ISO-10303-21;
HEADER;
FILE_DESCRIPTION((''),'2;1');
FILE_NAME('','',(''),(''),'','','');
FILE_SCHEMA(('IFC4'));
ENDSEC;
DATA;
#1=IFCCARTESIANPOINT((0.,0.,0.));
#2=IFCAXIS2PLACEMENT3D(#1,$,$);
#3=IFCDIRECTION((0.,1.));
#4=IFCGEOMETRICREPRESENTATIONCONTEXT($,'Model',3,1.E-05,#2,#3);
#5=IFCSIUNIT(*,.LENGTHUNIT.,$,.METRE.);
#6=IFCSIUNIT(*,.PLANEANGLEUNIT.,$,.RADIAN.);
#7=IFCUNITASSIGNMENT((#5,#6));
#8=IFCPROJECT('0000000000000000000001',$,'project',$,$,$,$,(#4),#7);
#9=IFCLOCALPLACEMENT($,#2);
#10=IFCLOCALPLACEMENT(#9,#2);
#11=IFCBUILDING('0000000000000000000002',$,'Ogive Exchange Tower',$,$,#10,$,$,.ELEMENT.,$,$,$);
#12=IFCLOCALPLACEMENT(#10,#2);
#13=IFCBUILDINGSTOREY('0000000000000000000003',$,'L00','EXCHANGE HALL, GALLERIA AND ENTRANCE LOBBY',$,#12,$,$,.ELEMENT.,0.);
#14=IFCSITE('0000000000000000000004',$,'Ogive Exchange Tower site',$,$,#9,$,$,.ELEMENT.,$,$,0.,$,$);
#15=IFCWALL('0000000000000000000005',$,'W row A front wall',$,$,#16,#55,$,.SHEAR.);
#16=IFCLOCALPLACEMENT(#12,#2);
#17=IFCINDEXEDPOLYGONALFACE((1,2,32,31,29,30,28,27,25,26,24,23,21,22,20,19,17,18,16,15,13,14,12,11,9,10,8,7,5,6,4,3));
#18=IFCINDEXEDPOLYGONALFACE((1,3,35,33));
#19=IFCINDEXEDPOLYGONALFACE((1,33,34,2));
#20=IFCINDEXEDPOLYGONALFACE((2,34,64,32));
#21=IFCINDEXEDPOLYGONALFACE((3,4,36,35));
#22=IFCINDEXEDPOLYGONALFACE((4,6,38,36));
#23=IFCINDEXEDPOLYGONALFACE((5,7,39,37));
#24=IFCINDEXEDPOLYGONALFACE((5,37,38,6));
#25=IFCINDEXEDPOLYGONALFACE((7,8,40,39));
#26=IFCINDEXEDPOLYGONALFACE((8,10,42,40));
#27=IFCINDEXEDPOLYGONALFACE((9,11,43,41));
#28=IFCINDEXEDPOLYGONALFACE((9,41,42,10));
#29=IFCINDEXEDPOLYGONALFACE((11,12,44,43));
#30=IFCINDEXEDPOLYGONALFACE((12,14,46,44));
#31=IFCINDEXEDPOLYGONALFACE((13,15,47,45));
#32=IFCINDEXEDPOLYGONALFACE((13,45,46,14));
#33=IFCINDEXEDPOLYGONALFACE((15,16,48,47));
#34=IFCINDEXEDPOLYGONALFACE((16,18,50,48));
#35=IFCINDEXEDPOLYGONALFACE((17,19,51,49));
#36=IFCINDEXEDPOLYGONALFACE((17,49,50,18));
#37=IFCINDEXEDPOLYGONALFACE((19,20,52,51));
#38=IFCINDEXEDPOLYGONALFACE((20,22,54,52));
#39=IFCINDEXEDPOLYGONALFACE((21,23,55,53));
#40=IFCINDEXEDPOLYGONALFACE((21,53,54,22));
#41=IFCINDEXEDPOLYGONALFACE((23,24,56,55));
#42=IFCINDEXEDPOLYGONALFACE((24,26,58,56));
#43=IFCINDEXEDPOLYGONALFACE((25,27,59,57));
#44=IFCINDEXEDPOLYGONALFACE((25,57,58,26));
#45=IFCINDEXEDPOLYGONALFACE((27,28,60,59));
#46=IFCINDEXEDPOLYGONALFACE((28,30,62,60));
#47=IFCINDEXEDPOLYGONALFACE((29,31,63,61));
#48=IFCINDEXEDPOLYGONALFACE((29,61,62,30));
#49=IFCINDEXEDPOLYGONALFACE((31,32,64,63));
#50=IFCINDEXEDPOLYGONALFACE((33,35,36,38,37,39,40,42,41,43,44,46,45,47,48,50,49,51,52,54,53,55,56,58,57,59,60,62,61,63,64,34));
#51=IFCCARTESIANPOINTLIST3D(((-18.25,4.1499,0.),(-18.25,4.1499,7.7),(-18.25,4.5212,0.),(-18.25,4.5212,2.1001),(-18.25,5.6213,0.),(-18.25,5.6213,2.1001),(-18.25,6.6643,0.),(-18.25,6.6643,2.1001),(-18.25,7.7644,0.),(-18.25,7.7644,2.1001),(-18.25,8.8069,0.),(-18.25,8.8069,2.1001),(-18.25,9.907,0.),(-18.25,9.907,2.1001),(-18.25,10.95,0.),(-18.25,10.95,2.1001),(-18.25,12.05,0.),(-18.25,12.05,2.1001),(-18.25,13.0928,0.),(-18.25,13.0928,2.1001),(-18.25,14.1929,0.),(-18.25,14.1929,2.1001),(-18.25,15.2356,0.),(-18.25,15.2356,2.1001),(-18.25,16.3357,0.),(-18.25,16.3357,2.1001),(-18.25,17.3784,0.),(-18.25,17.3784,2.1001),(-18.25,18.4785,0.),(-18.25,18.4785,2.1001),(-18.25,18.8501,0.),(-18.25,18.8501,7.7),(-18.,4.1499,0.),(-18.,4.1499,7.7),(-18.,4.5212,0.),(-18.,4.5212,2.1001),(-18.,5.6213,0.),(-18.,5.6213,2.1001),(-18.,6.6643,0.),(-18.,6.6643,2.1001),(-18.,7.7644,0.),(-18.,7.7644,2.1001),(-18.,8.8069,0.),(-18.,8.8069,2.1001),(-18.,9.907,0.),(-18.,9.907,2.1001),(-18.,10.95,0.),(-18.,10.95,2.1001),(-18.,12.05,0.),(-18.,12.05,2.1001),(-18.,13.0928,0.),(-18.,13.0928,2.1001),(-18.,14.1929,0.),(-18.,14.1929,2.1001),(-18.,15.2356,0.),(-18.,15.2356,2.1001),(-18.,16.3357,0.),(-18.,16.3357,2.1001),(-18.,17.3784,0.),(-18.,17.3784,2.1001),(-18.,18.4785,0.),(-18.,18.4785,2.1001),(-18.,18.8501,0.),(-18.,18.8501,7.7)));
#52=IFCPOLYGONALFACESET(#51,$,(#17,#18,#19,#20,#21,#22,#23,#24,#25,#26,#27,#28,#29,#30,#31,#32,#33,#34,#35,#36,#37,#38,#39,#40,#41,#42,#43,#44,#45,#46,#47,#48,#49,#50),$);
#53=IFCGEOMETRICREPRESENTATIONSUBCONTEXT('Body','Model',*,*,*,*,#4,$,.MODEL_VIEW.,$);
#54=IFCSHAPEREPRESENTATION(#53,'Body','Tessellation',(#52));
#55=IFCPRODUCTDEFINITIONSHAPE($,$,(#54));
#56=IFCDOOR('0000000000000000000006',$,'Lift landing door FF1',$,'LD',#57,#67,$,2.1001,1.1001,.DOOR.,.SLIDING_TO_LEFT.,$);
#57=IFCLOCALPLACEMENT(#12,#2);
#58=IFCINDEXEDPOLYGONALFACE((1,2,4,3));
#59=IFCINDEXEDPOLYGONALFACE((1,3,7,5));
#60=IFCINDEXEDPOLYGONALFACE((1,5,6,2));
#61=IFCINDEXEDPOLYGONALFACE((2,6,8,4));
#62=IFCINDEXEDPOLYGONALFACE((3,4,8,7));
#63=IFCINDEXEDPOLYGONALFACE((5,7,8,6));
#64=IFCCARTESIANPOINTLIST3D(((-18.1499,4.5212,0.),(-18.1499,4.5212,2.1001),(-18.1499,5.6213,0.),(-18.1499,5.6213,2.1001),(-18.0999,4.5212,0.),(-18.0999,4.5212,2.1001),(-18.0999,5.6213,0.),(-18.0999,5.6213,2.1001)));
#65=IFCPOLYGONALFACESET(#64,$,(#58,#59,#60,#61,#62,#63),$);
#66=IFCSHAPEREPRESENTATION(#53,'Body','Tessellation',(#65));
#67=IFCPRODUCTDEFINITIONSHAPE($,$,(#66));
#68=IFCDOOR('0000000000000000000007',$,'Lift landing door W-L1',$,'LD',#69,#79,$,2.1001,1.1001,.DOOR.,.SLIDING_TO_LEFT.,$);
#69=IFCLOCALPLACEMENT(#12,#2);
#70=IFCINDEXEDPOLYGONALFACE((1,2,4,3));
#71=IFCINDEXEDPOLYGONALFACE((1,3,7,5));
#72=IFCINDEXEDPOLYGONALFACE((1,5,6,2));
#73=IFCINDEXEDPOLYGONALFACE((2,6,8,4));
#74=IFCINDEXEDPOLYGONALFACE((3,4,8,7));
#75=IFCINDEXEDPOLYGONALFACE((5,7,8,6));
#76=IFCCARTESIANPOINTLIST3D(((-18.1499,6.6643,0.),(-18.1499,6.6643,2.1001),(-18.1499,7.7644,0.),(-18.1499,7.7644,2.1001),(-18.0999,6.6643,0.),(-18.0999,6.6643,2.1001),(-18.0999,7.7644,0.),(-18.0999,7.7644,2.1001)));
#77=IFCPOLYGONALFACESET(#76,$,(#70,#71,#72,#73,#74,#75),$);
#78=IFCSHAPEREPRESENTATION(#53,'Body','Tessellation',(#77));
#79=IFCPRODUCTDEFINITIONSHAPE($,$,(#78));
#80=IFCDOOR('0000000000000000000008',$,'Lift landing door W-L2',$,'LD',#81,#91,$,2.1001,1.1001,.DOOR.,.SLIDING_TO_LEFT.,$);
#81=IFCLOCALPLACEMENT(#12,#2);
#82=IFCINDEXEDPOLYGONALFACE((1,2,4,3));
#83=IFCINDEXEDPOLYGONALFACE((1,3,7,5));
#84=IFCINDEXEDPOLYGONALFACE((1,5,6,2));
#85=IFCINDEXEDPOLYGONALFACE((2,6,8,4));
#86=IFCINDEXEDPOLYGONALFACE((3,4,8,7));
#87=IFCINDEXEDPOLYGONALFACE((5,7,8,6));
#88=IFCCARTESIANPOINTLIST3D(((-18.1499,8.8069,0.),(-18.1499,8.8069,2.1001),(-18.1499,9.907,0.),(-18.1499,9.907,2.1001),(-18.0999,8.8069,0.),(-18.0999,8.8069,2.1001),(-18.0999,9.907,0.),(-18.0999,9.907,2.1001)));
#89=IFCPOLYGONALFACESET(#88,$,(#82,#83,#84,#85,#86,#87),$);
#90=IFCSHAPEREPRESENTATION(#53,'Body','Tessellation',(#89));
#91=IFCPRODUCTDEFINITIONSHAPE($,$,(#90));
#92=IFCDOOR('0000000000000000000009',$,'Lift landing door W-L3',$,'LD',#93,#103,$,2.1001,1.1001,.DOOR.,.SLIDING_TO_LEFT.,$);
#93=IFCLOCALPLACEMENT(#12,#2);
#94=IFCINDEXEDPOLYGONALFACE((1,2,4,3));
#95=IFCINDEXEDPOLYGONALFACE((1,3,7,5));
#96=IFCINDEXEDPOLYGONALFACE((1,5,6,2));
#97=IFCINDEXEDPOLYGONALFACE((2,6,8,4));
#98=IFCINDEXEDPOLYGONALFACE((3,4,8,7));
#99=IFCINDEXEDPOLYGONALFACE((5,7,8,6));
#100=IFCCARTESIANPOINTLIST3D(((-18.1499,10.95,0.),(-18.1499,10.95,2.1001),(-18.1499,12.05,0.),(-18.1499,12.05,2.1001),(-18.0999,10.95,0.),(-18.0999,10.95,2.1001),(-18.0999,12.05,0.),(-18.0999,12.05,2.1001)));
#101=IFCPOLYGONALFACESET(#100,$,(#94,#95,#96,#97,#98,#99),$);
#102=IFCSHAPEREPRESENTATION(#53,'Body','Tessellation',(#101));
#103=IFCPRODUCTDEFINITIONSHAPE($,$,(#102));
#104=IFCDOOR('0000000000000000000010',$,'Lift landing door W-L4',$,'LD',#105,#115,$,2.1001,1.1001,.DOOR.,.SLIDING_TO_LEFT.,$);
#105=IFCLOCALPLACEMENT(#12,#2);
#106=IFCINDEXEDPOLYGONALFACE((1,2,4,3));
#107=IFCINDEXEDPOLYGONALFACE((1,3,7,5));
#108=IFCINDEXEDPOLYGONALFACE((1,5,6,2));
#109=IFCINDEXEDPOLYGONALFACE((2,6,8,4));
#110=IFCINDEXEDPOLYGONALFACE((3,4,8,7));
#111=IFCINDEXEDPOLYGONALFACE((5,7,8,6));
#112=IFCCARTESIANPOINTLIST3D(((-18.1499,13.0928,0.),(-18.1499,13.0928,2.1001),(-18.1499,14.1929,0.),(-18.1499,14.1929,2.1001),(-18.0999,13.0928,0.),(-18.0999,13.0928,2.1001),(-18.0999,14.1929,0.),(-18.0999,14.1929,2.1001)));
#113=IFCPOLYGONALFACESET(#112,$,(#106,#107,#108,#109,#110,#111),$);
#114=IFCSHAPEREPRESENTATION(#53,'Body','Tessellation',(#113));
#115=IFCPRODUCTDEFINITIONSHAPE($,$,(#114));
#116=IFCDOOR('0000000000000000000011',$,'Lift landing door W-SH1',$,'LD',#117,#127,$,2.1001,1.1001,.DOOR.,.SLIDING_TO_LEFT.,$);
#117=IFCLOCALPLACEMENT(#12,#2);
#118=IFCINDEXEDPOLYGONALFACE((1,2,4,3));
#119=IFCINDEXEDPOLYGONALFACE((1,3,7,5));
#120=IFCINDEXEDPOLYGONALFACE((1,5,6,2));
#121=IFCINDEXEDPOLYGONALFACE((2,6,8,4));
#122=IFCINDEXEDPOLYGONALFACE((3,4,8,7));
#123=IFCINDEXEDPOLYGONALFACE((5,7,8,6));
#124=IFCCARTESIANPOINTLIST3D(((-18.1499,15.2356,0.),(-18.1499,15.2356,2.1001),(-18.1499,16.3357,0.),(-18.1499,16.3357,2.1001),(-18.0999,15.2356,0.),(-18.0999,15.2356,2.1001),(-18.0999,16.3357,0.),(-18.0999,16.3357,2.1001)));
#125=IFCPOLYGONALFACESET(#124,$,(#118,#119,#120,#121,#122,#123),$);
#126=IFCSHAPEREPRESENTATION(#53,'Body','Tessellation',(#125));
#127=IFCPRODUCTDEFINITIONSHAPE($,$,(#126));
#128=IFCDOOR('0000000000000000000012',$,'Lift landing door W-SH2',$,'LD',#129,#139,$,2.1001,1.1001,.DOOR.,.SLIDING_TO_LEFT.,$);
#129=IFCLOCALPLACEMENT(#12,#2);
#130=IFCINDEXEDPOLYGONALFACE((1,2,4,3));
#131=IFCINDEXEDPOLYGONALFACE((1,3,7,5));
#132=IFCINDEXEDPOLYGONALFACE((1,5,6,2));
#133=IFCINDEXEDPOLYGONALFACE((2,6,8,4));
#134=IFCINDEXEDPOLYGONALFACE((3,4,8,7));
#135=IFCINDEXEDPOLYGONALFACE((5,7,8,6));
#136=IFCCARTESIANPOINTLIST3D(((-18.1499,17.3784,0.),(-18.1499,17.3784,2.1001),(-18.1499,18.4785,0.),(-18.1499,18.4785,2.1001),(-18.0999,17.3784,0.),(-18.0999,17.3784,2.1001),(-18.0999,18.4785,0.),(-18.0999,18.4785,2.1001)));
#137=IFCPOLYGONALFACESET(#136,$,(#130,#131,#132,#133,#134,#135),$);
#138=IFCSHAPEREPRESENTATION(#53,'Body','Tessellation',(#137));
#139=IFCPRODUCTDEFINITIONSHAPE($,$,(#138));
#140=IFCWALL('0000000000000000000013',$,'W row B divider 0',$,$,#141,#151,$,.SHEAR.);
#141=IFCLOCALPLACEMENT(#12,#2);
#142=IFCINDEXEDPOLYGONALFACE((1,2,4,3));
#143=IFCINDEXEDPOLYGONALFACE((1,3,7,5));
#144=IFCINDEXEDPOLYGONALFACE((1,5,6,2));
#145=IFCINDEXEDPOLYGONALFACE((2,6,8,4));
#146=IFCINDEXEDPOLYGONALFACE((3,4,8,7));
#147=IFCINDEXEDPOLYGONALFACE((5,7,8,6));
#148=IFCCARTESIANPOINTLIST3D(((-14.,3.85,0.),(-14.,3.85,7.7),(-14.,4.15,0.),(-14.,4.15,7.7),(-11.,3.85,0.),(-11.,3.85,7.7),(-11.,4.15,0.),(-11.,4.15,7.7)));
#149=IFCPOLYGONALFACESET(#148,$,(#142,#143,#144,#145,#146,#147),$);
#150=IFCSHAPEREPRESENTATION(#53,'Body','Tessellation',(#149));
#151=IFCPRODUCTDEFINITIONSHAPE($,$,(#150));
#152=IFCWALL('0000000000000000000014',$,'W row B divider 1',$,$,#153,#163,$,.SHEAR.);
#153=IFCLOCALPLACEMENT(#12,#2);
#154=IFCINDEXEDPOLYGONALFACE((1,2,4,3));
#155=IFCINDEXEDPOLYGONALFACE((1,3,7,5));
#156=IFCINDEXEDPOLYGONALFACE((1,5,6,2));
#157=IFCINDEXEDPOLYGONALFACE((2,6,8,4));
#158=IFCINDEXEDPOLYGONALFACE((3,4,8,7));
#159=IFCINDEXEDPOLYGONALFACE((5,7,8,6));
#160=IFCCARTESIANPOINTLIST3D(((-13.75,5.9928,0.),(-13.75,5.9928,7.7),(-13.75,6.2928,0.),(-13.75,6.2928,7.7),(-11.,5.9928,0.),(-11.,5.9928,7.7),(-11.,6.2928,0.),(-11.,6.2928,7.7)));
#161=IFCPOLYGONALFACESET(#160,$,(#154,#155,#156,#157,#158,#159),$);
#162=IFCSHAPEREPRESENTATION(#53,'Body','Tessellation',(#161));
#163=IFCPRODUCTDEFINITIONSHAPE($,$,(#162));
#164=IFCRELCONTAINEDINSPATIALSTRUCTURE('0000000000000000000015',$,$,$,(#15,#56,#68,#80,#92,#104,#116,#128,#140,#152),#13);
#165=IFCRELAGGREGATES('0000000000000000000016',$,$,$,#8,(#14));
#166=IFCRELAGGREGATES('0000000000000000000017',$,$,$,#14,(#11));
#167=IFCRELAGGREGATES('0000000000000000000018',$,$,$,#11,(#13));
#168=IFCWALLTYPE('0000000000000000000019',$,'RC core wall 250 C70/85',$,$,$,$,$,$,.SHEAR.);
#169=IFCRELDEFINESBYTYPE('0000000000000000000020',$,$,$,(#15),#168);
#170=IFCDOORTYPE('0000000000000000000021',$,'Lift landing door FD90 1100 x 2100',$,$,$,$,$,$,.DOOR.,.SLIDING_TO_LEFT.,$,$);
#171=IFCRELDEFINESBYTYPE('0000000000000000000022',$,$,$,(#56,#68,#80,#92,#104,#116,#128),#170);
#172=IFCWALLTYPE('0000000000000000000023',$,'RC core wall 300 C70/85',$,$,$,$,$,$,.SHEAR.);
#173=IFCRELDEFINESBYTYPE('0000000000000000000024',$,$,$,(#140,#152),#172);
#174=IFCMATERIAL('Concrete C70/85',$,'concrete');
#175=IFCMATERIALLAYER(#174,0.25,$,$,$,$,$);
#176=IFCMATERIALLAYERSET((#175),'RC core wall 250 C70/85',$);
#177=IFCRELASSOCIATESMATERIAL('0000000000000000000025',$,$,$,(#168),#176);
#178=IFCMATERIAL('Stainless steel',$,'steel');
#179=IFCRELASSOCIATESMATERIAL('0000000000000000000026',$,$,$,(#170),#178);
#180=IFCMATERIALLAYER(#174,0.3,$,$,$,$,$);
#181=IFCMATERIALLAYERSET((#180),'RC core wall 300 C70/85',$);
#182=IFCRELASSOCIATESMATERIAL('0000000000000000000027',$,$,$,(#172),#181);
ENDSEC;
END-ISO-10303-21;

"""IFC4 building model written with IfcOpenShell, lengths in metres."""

from ifc_helpers import new_model, si_unit, direction, frame, frame_2d, origin, place, context, subcontext, project, spatial, rectangle, extrude, material, layer, layer_set, type_object, element, fill, save


model = new_model("IFC4")

# Units and contexts
model_context = context("Model", 3, precision=1e-05, world=origin(), true_north=direction((0.0, 1.0)))
body_context = subcontext(model_context, "Body", "Model", "MODEL_VIEW")
ifc_project = project(units=[si_unit("LENGTHUNIT", "METRE"), si_unit("PLANEANGLEUNIT", "RADIAN")], contexts=[model_context])

# Site, building, storey
site_placement = place(None, origin())
site = spatial("IfcSite", under=ifc_project, at=site_placement, Name="Ogive Exchange Tower site", CompositionType="ELEMENT", RefElevation=0.0)
building_placement = place(site_placement, origin())
building = spatial("IfcBuilding", under=site, at=building_placement, Name="Ogive Exchange Tower", CompositionType="ELEMENT")
storey_placement = place(building_placement, origin())
storey = spatial("IfcBuildingStorey", under=building, at=storey_placement, Name="L00", Description="EXCHANGE HALL, GALLERIA AND ENTRANCE LOBBY", CompositionType="ELEMENT", Elevation=0.0)

# Shared definitions
ifc_material_1 = material(Name="Concrete C70/85", Category="concrete")

# Wall, openings, doors
ifc_layer_1 = layer(ifc_material_1, 0.25)
ifc_layer_set_1 = layer_set([ifc_layer_1], Name="RC core wall 250 C70/85")
wall_type_1 = type_object("IfcWallType", Name="RC core wall 250 C70/85", PredefinedType="SHEAR", material=ifc_layer_set_1)
wall_1_placement = place(storey_placement, frame((-18.125, 4.1499, 0.0), z_axis=(0.0, 0.0, 1.0), x_axis=(0.0, 1.0, 0.0)))
wall_1 = element("IfcWall", 1, at=wall_1_placement, inside=storey, type_object=wall_type_1, Name="W row A front wall", PredefinedType="SHEAR", context=body_context, shape_type="SweptSolid", body=[
    extrude(rectangle(XDim=14.7002, YDim=0.25, at=frame_2d((7.3501, 0.0))), origin(), (0.0, 0.0, 1.0), 7.7),
])
opening_1_placement = place(wall_1_placement, frame((0.3713, 0.0, 0.0)))
opening_1 = element("IfcOpeningElement", 2, at=opening_1_placement, cuts=wall_1, PredefinedType="OPENING", context=body_context, shape_type="SweptSolid", body=[
    extrude(rectangle(XDim=1.1001, YDim=2.1001, at=frame_2d((0.55, 1.05))), frame((0.0, 0.135, 0.0), z_axis=(0.0, -1.0, 0.0), x_axis=(1.0, 0.0, 0.0)), (0.0, 0.0, 1.0), 0.27),
])
opening_2_placement = place(wall_1_placement, frame((2.5144, 0.0, 0.0)))
opening_2 = element("IfcOpeningElement", 3, at=opening_2_placement, cuts=wall_1, PredefinedType="OPENING", context=body_context, shape_type="SweptSolid", body=[
    extrude(rectangle(XDim=1.1001, YDim=2.1001, at=frame_2d((0.55, 1.05))), frame((0.0, 0.135, 0.0), z_axis=(0.0, -1.0, 0.0), x_axis=(1.0, 0.0, 0.0)), (0.0, 0.0, 1.0), 0.27),
])
opening_3_placement = place(wall_1_placement, frame((4.657, 0.0, 0.0)))
opening_3 = element("IfcOpeningElement", 4, at=opening_3_placement, cuts=wall_1, PredefinedType="OPENING", context=body_context, shape_type="SweptSolid", body=[
    extrude(rectangle(XDim=1.1001, YDim=2.1001, at=frame_2d((0.55, 1.05))), frame((0.0, 0.135, 0.0), z_axis=(0.0, -1.0, 0.0), x_axis=(1.0, 0.0, 0.0)), (0.0, 0.0, 1.0), 0.27),
])
opening_4_placement = place(wall_1_placement, frame((6.8, 0.0, 0.0)))
opening_4 = element("IfcOpeningElement", 5, at=opening_4_placement, cuts=wall_1, PredefinedType="OPENING", context=body_context, shape_type="SweptSolid", body=[
    extrude(rectangle(XDim=1.1001, YDim=2.1001, at=frame_2d((0.55, 1.05))), frame((0.0, 0.135, 0.0), z_axis=(0.0, -1.0, 0.0), x_axis=(1.0, 0.0, 0.0)), (0.0, 0.0, 1.0), 0.27),
])
opening_5_placement = place(wall_1_placement, frame((8.9429, 0.0, 0.0)))
opening_5 = element("IfcOpeningElement", 6, at=opening_5_placement, cuts=wall_1, PredefinedType="OPENING", context=body_context, shape_type="SweptSolid", body=[
    extrude(rectangle(XDim=1.1001, YDim=2.1001, at=frame_2d((0.55, 1.05))), frame((0.0, 0.135, 0.0), z_axis=(0.0, -1.0, 0.0), x_axis=(1.0, 0.0, 0.0)), (0.0, 0.0, 1.0), 0.27),
])
opening_6_placement = place(wall_1_placement, frame((11.0857, 0.0, 0.0)))
opening_6 = element("IfcOpeningElement", 7, at=opening_6_placement, cuts=wall_1, PredefinedType="OPENING", context=body_context, shape_type="SweptSolid", body=[
    extrude(rectangle(XDim=1.1001, YDim=2.1001, at=frame_2d((0.55, 1.05))), frame((0.0, 0.135, 0.0), z_axis=(0.0, -1.0, 0.0), x_axis=(1.0, 0.0, 0.0)), (0.0, 0.0, 1.0), 0.27),
])
opening_7_placement = place(wall_1_placement, frame((13.2285, 0.0, 0.0)))
opening_7 = element("IfcOpeningElement", 8, at=opening_7_placement, cuts=wall_1, PredefinedType="OPENING", context=body_context, shape_type="SweptSolid", body=[
    extrude(rectangle(XDim=1.1001, YDim=2.1001, at=frame_2d((0.55, 1.05))), frame((0.0, 0.135, 0.0), z_axis=(0.0, -1.0, 0.0), x_axis=(1.0, 0.0, 0.0)), (0.0, 0.0, 1.0), 0.27),
])
ifc_material_2 = material(Name="Stainless steel", Category="steel")
door_type_1 = type_object("IfcDoorType", Name="Lift landing door FD90 1100 x 2100", OperationType="SLIDING_TO_LEFT", PredefinedType="DOOR", material=ifc_material_2)
door_1_placement = place(opening_1_placement, origin())
door_1 = element("IfcDoor", 9, at=door_1_placement, inside=storey, type_object=door_type_1, Name="Lift landing door FF1", ObjectType="LD", OperationType="SLIDING_TO_LEFT", OverallHeight=2.1001, OverallWidth=1.1001, PredefinedType="DOOR", context=body_context, shape_type="SweptSolid", body=[
    extrude(rectangle(XDim=1.1001, YDim=2.1001, at=frame_2d((0.55, 1.05))), frame((0.0, 0.0249, 0.0), z_axis=(0.0, -1.0, 0.0), x_axis=(1.0, 0.0, 0.0)), (0.0, 0.0, 1.0), 0.05),
])
fill(opening_1, door_1)
door_2_placement = place(opening_2_placement, origin())
door_2 = element("IfcDoor", 10, at=door_2_placement, inside=storey, type_object=door_type_1, Name="Lift landing door W-L1", ObjectType="LD", OperationType="SLIDING_TO_LEFT", OverallHeight=2.1001, OverallWidth=1.1001, PredefinedType="DOOR", context=body_context, shape_type="SweptSolid", body=[
    extrude(rectangle(XDim=1.1001, YDim=2.1001, at=frame_2d((0.55, 1.05))), frame((0.0, 0.0249, 0.0), z_axis=(0.0, -1.0, 0.0), x_axis=(1.0, 0.0, 0.0)), (0.0, 0.0, 1.0), 0.05),
])
fill(opening_2, door_2)
door_3_placement = place(opening_3_placement, origin())
door_3 = element("IfcDoor", 11, at=door_3_placement, inside=storey, type_object=door_type_1, Name="Lift landing door W-L2", ObjectType="LD", OperationType="SLIDING_TO_LEFT", OverallHeight=2.1001, OverallWidth=1.1001, PredefinedType="DOOR", context=body_context, shape_type="SweptSolid", body=[
    extrude(rectangle(XDim=1.1001, YDim=2.1001, at=frame_2d((0.55, 1.05))), frame((0.0, 0.0249, 0.0), z_axis=(0.0, -1.0, 0.0), x_axis=(1.0, 0.0, 0.0)), (0.0, 0.0, 1.0), 0.05),
])
fill(opening_3, door_3)
door_4_placement = place(opening_4_placement, origin())
door_4 = element("IfcDoor", 12, at=door_4_placement, inside=storey, type_object=door_type_1, Name="Lift landing door W-L3", ObjectType="LD", OperationType="SLIDING_TO_LEFT", OverallHeight=2.1001, OverallWidth=1.1001, PredefinedType="DOOR", context=body_context, shape_type="SweptSolid", body=[
    extrude(rectangle(XDim=1.1001, YDim=2.1001, at=frame_2d((0.55, 1.05))), frame((0.0, 0.0249, 0.0), z_axis=(0.0, -1.0, 0.0), x_axis=(1.0, 0.0, 0.0)), (0.0, 0.0, 1.0), 0.05),
])
fill(opening_4, door_4)
door_5_placement = place(opening_5_placement, origin())
door_5 = element("IfcDoor", 13, at=door_5_placement, inside=storey, type_object=door_type_1, Name="Lift landing door W-L4", ObjectType="LD", OperationType="SLIDING_TO_LEFT", OverallHeight=2.1001, OverallWidth=1.1001, PredefinedType="DOOR", context=body_context, shape_type="SweptSolid", body=[
    extrude(rectangle(XDim=1.1001, YDim=2.1001, at=frame_2d((0.55, 1.05))), frame((0.0, 0.0249, 0.0), z_axis=(0.0, -1.0, 0.0), x_axis=(1.0, 0.0, 0.0)), (0.0, 0.0, 1.0), 0.05),
])
fill(opening_5, door_5)
door_6_placement = place(opening_6_placement, origin())
door_6 = element("IfcDoor", 14, at=door_6_placement, inside=storey, type_object=door_type_1, Name="Lift landing door W-SH1", ObjectType="LD", OperationType="SLIDING_TO_LEFT", OverallHeight=2.1001, OverallWidth=1.1001, PredefinedType="DOOR", context=body_context, shape_type="SweptSolid", body=[
    extrude(rectangle(XDim=1.1001, YDim=2.1001, at=frame_2d((0.55, 1.05))), frame((0.0, 0.0249, 0.0), z_axis=(0.0, -1.0, 0.0), x_axis=(1.0, 0.0, 0.0)), (0.0, 0.0, 1.0), 0.05),
])
fill(opening_6, door_6)
door_7_placement = place(opening_7_placement, origin())
door_7 = element("IfcDoor", 15, at=door_7_placement, inside=storey, type_object=door_type_1, Name="Lift landing door W-SH2", ObjectType="LD", OperationType="SLIDING_TO_LEFT", OverallHeight=2.1001, OverallWidth=1.1001, PredefinedType="DOOR", context=body_context, shape_type="SweptSolid", body=[
    extrude(rectangle(XDim=1.1001, YDim=2.1001, at=frame_2d((0.55, 1.05))), frame((0.0, 0.0249, 0.0), z_axis=(0.0, -1.0, 0.0), x_axis=(1.0, 0.0, 0.0)), (0.0, 0.0, 1.0), 0.05),
])
fill(opening_7, door_7)

# Walls
ifc_layer_2 = layer(ifc_material_1, 0.3)
ifc_layer_set_2 = layer_set([ifc_layer_2], Name="RC core wall 300 C70/85")
wall_type_2 = type_object("IfcWallType", Name="RC core wall 300 C70/85", PredefinedType="SHEAR", material=ifc_layer_set_2)
wall_2_placement = place(storey_placement, frame((-14.0, 4.0, 0.0), z_axis=(0.0, 0.0, 1.0), x_axis=(1.0, 0.0, 0.0)))
element("IfcWall", 16, at=wall_2_placement, inside=storey, type_object=wall_type_2, Name="W row B divider 0", PredefinedType="SHEAR", context=body_context, shape_type="SweptSolid", body=[
    extrude(rectangle(XDim=3.0, YDim=0.3, at=frame_2d((1.5, 0.0))), origin(), (0.0, 0.0, 1.0), 7.7),
])
wall_3_placement = place(storey_placement, frame((-13.75, 6.1428, 0.0), z_axis=(0.0, 0.0, 1.0), x_axis=(1.0, 0.0, 0.0)))
element("IfcWall", 17, at=wall_3_placement, inside=storey, type_object=wall_type_2, Name="W row B divider 1", PredefinedType="SHEAR", context=body_context, shape_type="SweptSolid", body=[
    extrude(rectangle(XDim=2.75, YDim=0.3, at=frame_2d((1.375, 0.0))), origin(), (0.0, 0.0, 1.0), 7.7),
])

save(model, "model.ifc")
